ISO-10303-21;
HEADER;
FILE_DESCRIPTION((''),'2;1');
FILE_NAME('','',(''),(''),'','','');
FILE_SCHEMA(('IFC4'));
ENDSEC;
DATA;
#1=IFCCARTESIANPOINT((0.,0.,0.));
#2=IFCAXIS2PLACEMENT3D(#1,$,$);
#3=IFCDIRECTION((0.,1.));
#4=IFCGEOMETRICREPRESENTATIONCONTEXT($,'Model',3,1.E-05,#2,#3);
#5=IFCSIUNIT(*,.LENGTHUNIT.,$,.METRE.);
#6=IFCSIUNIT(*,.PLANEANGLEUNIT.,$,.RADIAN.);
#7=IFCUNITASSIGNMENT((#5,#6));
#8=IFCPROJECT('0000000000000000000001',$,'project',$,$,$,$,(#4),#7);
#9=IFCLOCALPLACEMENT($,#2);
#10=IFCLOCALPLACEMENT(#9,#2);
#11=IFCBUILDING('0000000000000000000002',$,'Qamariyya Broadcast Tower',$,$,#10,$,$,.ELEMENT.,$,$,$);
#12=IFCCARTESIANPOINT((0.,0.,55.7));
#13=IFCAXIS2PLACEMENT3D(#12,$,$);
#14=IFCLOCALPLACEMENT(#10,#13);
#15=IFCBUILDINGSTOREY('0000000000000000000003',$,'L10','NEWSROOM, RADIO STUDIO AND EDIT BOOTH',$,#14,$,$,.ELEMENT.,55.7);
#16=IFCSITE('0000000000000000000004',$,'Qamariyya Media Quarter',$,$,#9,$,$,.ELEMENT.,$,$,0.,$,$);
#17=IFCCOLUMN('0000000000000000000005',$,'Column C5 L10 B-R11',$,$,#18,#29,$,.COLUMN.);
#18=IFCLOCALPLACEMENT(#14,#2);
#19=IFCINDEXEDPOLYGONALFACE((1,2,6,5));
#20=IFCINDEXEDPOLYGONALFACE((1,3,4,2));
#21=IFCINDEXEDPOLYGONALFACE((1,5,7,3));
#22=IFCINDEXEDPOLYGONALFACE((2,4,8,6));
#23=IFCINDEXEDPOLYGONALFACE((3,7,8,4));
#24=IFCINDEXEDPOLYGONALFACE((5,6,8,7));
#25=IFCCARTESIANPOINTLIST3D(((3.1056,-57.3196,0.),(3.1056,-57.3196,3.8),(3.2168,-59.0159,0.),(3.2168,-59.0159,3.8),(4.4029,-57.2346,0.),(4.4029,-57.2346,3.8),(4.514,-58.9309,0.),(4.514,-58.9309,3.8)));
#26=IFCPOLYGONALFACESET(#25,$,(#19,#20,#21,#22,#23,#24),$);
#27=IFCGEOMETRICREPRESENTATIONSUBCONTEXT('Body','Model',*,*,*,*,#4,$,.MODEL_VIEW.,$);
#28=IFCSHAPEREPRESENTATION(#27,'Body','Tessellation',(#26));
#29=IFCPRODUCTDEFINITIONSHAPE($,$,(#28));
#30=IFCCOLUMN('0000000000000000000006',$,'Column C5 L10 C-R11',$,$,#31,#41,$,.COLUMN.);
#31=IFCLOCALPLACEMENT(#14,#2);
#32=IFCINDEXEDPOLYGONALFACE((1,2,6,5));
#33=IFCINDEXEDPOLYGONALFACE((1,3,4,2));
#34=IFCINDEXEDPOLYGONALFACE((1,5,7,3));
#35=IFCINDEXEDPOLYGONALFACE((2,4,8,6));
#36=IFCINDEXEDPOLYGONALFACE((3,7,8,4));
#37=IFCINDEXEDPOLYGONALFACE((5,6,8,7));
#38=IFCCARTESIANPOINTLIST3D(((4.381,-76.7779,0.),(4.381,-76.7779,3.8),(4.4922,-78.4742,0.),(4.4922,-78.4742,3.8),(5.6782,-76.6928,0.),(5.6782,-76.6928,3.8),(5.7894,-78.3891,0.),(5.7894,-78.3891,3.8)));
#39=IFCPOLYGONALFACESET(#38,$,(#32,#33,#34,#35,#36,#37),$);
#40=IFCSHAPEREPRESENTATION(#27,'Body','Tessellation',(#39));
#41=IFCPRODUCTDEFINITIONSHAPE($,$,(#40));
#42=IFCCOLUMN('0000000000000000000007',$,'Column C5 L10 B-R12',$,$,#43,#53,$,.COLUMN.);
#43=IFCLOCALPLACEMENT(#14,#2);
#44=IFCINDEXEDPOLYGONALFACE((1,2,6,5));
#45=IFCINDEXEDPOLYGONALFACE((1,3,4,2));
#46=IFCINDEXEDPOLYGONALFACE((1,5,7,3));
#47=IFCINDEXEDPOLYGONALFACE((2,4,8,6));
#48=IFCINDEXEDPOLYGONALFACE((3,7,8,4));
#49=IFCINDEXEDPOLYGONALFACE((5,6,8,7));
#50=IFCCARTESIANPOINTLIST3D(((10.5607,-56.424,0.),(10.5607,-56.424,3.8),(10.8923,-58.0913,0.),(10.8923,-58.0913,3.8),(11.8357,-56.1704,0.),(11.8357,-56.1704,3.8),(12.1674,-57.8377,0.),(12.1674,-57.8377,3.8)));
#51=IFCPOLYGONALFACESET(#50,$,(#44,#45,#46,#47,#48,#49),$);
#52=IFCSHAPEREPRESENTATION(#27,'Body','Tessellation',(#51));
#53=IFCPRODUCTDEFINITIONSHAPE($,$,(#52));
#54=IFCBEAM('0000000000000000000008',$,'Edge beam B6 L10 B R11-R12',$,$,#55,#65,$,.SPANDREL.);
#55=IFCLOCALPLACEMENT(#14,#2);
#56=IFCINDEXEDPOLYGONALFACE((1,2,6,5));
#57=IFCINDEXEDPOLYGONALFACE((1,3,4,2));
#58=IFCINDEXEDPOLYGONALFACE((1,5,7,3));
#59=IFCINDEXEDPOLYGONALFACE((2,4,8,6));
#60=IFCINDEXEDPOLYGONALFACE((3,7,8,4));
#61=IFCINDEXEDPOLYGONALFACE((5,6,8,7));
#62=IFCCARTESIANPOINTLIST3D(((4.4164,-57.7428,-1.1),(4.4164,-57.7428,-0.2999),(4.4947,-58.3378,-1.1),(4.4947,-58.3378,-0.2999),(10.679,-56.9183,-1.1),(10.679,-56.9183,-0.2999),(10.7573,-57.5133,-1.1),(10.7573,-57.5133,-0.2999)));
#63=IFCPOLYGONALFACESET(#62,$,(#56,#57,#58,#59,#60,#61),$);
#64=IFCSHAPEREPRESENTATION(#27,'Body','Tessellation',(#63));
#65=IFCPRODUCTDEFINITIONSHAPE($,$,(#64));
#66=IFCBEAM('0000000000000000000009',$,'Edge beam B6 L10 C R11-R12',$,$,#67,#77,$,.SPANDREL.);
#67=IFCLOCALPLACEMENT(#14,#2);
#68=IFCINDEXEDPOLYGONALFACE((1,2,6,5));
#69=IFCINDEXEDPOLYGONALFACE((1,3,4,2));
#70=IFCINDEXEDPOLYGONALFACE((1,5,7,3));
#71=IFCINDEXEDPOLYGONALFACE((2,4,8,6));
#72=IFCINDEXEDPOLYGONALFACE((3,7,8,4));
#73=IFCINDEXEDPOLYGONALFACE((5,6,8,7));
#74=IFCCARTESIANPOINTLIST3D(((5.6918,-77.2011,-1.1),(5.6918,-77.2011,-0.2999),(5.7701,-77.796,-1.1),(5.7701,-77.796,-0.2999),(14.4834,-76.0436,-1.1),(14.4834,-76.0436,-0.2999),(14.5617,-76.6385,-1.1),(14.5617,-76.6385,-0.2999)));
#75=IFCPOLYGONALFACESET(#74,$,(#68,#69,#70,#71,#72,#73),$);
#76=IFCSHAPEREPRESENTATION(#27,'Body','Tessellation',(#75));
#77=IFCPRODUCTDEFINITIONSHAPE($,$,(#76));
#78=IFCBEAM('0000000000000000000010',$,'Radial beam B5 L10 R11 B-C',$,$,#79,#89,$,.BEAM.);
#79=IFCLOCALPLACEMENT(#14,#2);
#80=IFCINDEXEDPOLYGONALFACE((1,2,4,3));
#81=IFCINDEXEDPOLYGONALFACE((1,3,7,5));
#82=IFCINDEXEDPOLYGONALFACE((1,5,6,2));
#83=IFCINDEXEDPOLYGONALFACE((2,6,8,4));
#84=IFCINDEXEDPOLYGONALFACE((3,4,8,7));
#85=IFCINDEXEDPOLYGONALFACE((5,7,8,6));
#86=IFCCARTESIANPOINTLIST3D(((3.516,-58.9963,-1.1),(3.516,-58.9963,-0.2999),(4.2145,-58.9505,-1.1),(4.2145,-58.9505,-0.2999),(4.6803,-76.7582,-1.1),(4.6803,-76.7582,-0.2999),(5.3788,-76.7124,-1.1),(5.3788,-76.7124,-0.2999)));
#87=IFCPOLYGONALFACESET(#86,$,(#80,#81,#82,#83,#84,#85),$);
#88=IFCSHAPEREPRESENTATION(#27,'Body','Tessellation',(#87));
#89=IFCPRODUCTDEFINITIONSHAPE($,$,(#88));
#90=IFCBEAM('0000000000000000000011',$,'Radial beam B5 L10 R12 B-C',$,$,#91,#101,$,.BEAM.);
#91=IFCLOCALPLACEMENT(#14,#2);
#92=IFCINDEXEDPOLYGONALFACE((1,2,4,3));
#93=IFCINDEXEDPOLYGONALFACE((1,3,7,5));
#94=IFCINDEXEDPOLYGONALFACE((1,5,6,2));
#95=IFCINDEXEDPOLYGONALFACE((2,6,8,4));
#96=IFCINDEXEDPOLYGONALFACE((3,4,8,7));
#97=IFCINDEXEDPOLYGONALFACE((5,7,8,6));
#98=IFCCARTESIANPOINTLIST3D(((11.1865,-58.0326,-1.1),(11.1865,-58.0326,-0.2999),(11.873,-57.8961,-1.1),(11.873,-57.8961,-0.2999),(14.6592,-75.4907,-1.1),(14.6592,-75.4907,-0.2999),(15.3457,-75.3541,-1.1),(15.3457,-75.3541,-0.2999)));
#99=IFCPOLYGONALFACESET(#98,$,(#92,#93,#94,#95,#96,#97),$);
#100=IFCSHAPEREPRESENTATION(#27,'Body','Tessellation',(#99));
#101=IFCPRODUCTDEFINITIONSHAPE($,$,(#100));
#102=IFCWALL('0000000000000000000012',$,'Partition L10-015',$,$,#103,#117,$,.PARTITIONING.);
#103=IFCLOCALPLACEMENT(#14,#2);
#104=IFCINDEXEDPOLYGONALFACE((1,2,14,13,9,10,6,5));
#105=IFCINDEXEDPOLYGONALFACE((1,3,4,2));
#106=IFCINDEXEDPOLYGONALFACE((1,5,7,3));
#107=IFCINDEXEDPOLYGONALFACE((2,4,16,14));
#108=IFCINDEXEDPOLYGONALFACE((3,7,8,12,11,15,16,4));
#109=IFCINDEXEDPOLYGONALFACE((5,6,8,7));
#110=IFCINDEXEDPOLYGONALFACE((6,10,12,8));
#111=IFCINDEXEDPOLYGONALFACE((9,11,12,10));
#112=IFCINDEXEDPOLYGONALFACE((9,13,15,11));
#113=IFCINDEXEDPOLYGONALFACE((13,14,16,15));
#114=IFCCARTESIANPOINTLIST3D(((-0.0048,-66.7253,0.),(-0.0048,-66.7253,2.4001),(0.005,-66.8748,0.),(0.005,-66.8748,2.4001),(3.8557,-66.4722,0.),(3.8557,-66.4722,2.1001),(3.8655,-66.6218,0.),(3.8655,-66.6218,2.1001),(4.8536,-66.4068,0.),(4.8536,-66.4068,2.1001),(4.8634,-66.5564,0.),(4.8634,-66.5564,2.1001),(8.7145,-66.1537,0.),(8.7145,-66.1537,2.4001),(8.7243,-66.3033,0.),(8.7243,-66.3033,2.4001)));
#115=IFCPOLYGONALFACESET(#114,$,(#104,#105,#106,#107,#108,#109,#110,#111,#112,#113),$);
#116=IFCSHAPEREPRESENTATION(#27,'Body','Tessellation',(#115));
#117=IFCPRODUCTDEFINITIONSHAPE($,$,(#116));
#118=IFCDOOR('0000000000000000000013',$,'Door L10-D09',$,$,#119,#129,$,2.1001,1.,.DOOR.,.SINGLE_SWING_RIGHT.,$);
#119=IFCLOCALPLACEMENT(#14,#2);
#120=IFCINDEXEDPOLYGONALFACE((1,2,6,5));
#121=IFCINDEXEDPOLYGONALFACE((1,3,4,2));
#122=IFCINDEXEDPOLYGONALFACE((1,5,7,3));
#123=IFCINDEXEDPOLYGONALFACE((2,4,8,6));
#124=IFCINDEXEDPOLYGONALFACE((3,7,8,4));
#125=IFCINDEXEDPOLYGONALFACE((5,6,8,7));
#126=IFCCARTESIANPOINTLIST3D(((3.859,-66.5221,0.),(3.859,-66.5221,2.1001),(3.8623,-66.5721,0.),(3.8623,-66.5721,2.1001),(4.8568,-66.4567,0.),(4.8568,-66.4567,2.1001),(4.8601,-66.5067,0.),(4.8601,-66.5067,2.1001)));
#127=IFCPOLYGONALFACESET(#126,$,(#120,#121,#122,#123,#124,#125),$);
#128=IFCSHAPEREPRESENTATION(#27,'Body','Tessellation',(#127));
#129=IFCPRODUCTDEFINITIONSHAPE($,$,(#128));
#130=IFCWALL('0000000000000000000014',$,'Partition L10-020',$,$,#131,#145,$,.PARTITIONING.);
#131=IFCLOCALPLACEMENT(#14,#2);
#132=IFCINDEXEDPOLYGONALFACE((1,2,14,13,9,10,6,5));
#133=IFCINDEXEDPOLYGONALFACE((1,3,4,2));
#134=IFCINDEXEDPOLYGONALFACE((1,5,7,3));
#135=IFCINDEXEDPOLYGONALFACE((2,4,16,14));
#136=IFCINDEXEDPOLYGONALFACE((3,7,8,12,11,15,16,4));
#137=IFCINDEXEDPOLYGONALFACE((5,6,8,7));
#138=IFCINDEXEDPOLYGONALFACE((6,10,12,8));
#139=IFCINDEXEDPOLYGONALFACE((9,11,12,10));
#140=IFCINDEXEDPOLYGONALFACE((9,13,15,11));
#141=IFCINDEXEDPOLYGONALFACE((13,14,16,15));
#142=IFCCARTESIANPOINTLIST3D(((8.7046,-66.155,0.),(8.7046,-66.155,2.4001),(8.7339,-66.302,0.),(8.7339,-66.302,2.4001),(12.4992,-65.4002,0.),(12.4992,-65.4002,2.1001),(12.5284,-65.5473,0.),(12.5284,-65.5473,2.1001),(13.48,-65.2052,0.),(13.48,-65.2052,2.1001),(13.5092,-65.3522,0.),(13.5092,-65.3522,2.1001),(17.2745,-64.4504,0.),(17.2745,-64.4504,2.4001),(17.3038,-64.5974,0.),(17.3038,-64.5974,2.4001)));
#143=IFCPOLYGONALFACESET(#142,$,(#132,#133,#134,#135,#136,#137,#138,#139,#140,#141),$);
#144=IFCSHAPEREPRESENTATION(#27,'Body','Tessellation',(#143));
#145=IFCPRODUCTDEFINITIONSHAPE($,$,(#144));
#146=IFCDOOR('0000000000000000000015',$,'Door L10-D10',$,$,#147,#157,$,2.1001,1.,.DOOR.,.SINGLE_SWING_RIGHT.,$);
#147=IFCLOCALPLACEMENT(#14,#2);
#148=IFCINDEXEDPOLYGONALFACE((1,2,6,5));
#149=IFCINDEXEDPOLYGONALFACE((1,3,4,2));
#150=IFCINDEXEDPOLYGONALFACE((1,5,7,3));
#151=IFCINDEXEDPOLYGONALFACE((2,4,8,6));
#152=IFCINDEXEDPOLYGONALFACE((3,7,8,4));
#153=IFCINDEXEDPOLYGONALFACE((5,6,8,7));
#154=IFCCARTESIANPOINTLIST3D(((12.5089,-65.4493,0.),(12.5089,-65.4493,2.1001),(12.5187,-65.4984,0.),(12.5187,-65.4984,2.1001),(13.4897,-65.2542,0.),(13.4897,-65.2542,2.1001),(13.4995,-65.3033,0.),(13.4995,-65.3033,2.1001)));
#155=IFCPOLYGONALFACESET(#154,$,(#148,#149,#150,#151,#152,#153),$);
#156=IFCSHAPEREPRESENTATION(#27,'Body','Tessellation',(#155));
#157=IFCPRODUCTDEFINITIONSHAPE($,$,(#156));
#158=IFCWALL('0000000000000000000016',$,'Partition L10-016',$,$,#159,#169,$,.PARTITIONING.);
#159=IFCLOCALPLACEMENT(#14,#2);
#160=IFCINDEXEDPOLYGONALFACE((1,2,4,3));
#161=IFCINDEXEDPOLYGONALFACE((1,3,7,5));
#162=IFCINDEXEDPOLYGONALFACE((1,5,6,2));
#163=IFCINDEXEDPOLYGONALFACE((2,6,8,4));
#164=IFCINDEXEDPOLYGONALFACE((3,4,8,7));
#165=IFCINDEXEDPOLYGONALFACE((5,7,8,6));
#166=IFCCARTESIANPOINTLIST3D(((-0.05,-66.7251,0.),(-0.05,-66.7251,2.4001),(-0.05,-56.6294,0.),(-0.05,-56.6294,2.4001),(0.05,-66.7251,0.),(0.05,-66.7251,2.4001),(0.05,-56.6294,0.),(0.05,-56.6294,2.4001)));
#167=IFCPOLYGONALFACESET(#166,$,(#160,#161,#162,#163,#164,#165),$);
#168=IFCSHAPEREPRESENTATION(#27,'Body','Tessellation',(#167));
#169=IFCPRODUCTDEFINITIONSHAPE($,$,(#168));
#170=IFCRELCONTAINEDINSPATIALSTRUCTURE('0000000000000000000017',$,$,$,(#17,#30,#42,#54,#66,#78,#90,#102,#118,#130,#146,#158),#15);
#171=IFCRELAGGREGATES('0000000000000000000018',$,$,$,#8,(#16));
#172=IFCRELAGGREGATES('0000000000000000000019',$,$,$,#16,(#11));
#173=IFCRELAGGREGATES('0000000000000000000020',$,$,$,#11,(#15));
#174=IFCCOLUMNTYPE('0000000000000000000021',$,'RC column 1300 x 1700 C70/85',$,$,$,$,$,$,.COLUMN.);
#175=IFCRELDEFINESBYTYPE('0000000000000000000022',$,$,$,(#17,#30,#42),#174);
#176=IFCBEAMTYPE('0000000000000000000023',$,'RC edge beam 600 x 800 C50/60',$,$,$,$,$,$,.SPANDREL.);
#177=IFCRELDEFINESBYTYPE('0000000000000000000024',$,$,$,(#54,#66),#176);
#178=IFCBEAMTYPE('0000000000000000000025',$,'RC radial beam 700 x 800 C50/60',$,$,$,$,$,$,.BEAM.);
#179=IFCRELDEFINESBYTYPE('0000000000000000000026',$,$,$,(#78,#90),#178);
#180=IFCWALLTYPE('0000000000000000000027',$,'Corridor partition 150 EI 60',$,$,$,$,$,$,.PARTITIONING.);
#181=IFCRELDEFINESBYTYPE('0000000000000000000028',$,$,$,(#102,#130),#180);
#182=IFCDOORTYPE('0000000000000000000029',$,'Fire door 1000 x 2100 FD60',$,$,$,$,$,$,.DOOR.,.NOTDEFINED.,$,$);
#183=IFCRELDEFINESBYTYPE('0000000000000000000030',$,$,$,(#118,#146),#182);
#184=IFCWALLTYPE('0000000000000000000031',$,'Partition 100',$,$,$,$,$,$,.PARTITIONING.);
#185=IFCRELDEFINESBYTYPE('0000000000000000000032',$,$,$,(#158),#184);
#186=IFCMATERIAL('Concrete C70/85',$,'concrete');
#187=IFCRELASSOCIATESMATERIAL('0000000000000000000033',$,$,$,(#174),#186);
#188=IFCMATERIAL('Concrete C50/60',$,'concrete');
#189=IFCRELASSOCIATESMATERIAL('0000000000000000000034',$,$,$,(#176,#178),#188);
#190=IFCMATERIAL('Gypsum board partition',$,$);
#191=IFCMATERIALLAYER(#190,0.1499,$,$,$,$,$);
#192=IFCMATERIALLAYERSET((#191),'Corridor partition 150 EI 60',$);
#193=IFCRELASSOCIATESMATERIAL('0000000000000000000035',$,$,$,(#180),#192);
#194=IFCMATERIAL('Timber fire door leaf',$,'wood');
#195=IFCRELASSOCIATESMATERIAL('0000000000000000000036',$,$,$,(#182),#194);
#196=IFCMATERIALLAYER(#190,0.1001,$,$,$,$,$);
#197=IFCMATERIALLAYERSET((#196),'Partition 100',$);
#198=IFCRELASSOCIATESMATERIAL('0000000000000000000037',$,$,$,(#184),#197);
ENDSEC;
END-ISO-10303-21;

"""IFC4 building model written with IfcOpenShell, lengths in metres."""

from ifc_helpers import new_model, si_unit, direction, frame, frame_2d, origin, origin_2d, place, context, subcontext, project, spatial, rectangle, extrude, material, layer, layer_set, material_profile, profile_set, type_object, element, fill, save


model = new_model("IFC4")

# Units and contexts
model_context = context("Model", 3, precision=1e-05, world=origin(), true_north=direction((0.0, 1.0)))
body_context = subcontext(model_context, "Body", "Model", "MODEL_VIEW")
ifc_project = project(units=[si_unit("LENGTHUNIT", "METRE"), si_unit("PLANEANGLEUNIT", "RADIAN")], contexts=[model_context])

# Site, building, storey
site_placement = place(None, origin())
site = spatial("IfcSite", under=ifc_project, at=site_placement, Name="Qamariyya Media Quarter", CompositionType="ELEMENT", RefElevation=0.0)
building_placement = place(site_placement, origin())
building = spatial("IfcBuilding", under=site, at=building_placement, Name="Qamariyya Broadcast Tower", CompositionType="ELEMENT")
storey_placement = place(building_placement, frame((0.0, 0.0, 55.7)))
storey = spatial("IfcBuildingStorey", under=building, at=storey_placement, Name="L10", Description="NEWSROOM, RADIO STUDIO AND EDIT BOOTH", CompositionType="ELEMENT", Elevation=55.7)

# Columns
ifc_material_1 = material(Name="Concrete C70/85", Category="concrete")
ifc_material_profile_1 = material_profile(ifc_material_1, rectangle(XDim=1.3, YDim=1.7, at=origin_2d()))
ifc_profile_set_1 = profile_set([ifc_material_profile_1], Name="Concrete C70/85")
column_type = type_object("IfcColumnType", Name="RC column 1300 x 1700 C70/85", PredefinedType="COLUMN", material=ifc_profile_set_1)
for number, where, z_axis, x_axis, name in (
    (1, (3.8098, -58.1252, 0.0), (0.0, 0.0, 1.0), (0.997859, 0.065403, 0.0), "Column C5 L10 B-R11"),
    (2, (5.0852, -77.5835, 0.0), (0.0, 0.0, 1.0), (0.997859, 0.065403, 0.0), "Column C5 L10 C-R11"),
    (3, (11.364, -57.1309, 0.0), (0.0, 0.0, 1.0), (0.980785, 0.19509, 0.0), "Column C5 L10 B-R12"),
):
    element("IfcColumn", number, at=place(storey_placement, frame(where, z_axis=z_axis, x_axis=x_axis)), inside=storey, type_object=column_type, Name=name, PredefinedType="COLUMN", context=body_context, shape_type="SweptSolid", body=[
        extrude(rectangle(XDim=1.3, YDim=1.7, at=origin_2d()), origin(), (0.0, 0.0, 1.0), 3.8),
    ])

# Beams
ifc_material_2 = material(Name="Concrete C50/60", Category="concrete")
ifc_material_profile_2 = material_profile(ifc_material_2, rectangle(XDim=0.6001, YDim=0.8, at=origin_2d()))
ifc_profile_set_2 = profile_set([ifc_material_profile_2], Name="Concrete C50/60")
beam_type_1 = type_object("IfcBeamType", Name="RC edge beam 600 x 800 C50/60", PredefinedType="SPANDREL", material=ifc_profile_set_2)
beam_1_placement = place(storey_placement, frame((4.4556, -58.0403, -0.7), z_axis=(0.991446, 0.13052, 0.0), x_axis=(-0.13052, 0.991446, 0.0)))
element("IfcBeam", 4, at=beam_1_placement, inside=storey, type_object=beam_type_1, Name="Edge beam B6 L10 B R11-R12", PredefinedType="SPANDREL", context=body_context, shape_type="SweptSolid", body=[
    extrude(rectangle(XDim=0.6001, YDim=0.8, at=origin_2d()), origin(), (0.0, 0.0, 1.0), 6.3167),
])
beam_2_placement = place(storey_placement, frame((5.731, -77.4985, -0.7), z_axis=(0.991444, 0.130531, 0.0), x_axis=(-0.130531, 0.991444, 0.0)))
element("IfcBeam", 5, at=beam_2_placement, inside=storey, type_object=beam_type_1, Name="Edge beam B6 L10 C R11-R12", PredefinedType="SPANDREL", context=body_context, shape_type="SweptSolid", body=[
    extrude(rectangle(XDim=0.6001, YDim=0.8, at=origin_2d()), origin(), (0.0, 0.0, 1.0), 8.8674),
])
ifc_material_profile_3 = material_profile(ifc_material_2, rectangle(XDim=0.7, YDim=0.8, at=origin_2d()))
ifc_profile_set_3 = profile_set([ifc_material_profile_3], Name="Concrete C50/60")
beam_type_2 = type_object("IfcBeamType", Name="RC radial beam 700 x 800 C50/60", PredefinedType="BEAM", material=ifc_profile_set_3)
for number, where, z_axis, x_axis, name in (
    (6, (3.8652, -58.9734, -0.7), (0.06541, -0.997858, 0.0), (0.997858, 0.06541, 0.0), "Radial beam B5 L10 R11 B-C"),
    (7, (11.5298, -57.9644, -0.7), (0.195093, -0.980785, 0.0), (0.980785, 0.195093, 0.0), "Radial beam B5 L10 R12 B-C"),
):
    element("IfcBeam", number, at=place(storey_placement, frame(where, z_axis=z_axis, x_axis=x_axis)), inside=storey, type_object=beam_type_2, Name=name, PredefinedType="BEAM", context=body_context, shape_type="SweptSolid", body=[
        extrude(rectangle(XDim=0.7, YDim=0.8, at=origin_2d()), origin(), (0.0, 0.0, 1.0), 17.8),
    ])

# Walls, openings, doors
ifc_material_3 = material(Name="Gypsum board partition")
ifc_layer_1 = layer(ifc_material_3, 0.1499)
ifc_layer_set_1 = layer_set([ifc_layer_1], Name="Corridor partition 150 EI 60")
wall_type_1 = type_object("IfcWallType", Name="Corridor partition 150 EI 60", PredefinedType="PARTITIONING", material=ifc_layer_set_1)
wall_1_placement = place(storey_placement, frame((0.0, -66.8, 0.0), z_axis=(0.0, 0.0, 1.0), x_axis=(0.997859, 0.065408, 0.0)))
wall_1 = element("IfcWall", 8, at=wall_1_placement, inside=storey, type_object=wall_type_1, Name="Partition L10-015", PredefinedType="PARTITIONING", context=body_context, shape_type="SweptSolid", body=[
    extrude(rectangle(XDim=8.738, YDim=0.1499, at=frame_2d((4.3691, 0.0))), origin(), (0.0, 0.0, 1.0), 2.4001),
])
opening_1_placement = place(wall_1_placement, frame((3.8689, 0.0, 0.0)))
opening_1 = element("IfcOpeningElement", 9, at=opening_1_placement, cuts=wall_1, PredefinedType="OPENING", context=body_context, shape_type="SweptSolid", body=[
    extrude(rectangle(XDim=1.0, YDim=2.1001, at=frame_2d((0.5, 1.05))), frame((0.0, 0.085, 0.0), z_axis=(0.0, -1.0, 0.0), x_axis=(1.0, 0.0, 0.0)), (0.0, 0.0, 1.0), 0.1699),
])
ifc_material_4 = material(Name="Timber fire door leaf", Category="wood")
door_type = type_object("IfcDoorType", Name="Fire door 1000 x 2100 FD60", OperationType="NOTDEFINED", PredefinedType="DOOR", material=ifc_material_4)
door_1_placement = place(opening_1_placement, origin())
door_1 = element("IfcDoor", 10, at=door_1_placement, inside=storey, type_object=door_type, Name="Door L10-D09", OperationType="SINGLE_SWING_RIGHT", OverallHeight=2.1001, OverallWidth=1.0, PredefinedType="DOOR", context=body_context, shape_type="SweptSolid", body=[
    extrude(rectangle(XDim=1.0, YDim=2.1001, at=frame_2d((0.5, 1.05))), frame((0.0, 0.0249, 0.0), z_axis=(0.0, -1.0, 0.0), x_axis=(1.0, 0.0, 0.0)), (0.0, 0.0, 1.0), 0.05),
])
fill(opening_1, door_1)
wall_2_placement = place(storey_placement, frame((8.7192, -66.2285, 0.0), z_axis=(0.0, 0.0, 1.0), x_axis=(0.980786, 0.195084, 0.0)))
wall_2 = element("IfcWall", 11, at=wall_2_placement, inside=storey, type_object=wall_type_1, Name="Partition L10-020", PredefinedType="PARTITIONING", context=body_context, shape_type="SweptSolid", body=[
    extrude(rectangle(XDim=8.7378, YDim=0.1499, at=frame_2d((4.3689, 0.0))), origin(), (0.0, 0.0, 1.0), 2.4001),
])
opening_2_placement = place(wall_2_placement, frame((3.8689, 0.0, 0.0)))
opening_2 = element("IfcOpeningElement", 12, at=opening_2_placement, cuts=wall_2, PredefinedType="OPENING", context=body_context, shape_type="SweptSolid", body=[
    extrude(rectangle(XDim=1.0, YDim=2.1001, at=frame_2d((0.5, 1.05))), frame((0.0, 0.085, 0.0), z_axis=(0.0, -1.0, 0.0), x_axis=(1.0, 0.0, 0.0)), (0.0, 0.0, 1.0), 0.1699),
])
door_2_placement = place(opening_2_placement, origin())
door_2 = element("IfcDoor", 13, at=door_2_placement, inside=storey, type_object=door_type, Name="Door L10-D10", OperationType="SINGLE_SWING_RIGHT", OverallHeight=2.1001, OverallWidth=1.0, PredefinedType="DOOR", context=body_context, shape_type="SweptSolid", body=[
    extrude(rectangle(XDim=1.0, YDim=2.1001, at=frame_2d((0.5, 1.05))), frame((0.0, 0.0249, 0.0), z_axis=(0.0, -1.0, 0.0), x_axis=(1.0, 0.0, 0.0)), (0.0, 0.0, 1.0), 0.05),
])
fill(opening_2, door_2)

# Wall
ifc_layer_2 = layer(ifc_material_3, 0.1001)
ifc_layer_set_2 = layer_set([ifc_layer_2], Name="Partition 100")
wall_type_2 = type_object("IfcWallType", Name="Partition 100", PredefinedType="PARTITIONING", material=ifc_layer_set_2)
wall_3_placement = place(storey_placement, frame((0.0, -56.6294, 0.0), z_axis=(0.0, 0.0, 1.0), x_axis=(0.0, -1.0, 0.0)))
element("IfcWall", 14, at=wall_3_placement, inside=storey, type_object=wall_type_2, Name="Partition L10-016", PredefinedType="PARTITIONING", context=body_context, shape_type="SweptSolid", body=[
    extrude(rectangle(XDim=10.0957, YDim=0.1001, at=frame_2d((5.0479, 0.0))), origin(), (0.0, 0.0, 1.0), 2.4001),
])

save(model, "model.ifc")
